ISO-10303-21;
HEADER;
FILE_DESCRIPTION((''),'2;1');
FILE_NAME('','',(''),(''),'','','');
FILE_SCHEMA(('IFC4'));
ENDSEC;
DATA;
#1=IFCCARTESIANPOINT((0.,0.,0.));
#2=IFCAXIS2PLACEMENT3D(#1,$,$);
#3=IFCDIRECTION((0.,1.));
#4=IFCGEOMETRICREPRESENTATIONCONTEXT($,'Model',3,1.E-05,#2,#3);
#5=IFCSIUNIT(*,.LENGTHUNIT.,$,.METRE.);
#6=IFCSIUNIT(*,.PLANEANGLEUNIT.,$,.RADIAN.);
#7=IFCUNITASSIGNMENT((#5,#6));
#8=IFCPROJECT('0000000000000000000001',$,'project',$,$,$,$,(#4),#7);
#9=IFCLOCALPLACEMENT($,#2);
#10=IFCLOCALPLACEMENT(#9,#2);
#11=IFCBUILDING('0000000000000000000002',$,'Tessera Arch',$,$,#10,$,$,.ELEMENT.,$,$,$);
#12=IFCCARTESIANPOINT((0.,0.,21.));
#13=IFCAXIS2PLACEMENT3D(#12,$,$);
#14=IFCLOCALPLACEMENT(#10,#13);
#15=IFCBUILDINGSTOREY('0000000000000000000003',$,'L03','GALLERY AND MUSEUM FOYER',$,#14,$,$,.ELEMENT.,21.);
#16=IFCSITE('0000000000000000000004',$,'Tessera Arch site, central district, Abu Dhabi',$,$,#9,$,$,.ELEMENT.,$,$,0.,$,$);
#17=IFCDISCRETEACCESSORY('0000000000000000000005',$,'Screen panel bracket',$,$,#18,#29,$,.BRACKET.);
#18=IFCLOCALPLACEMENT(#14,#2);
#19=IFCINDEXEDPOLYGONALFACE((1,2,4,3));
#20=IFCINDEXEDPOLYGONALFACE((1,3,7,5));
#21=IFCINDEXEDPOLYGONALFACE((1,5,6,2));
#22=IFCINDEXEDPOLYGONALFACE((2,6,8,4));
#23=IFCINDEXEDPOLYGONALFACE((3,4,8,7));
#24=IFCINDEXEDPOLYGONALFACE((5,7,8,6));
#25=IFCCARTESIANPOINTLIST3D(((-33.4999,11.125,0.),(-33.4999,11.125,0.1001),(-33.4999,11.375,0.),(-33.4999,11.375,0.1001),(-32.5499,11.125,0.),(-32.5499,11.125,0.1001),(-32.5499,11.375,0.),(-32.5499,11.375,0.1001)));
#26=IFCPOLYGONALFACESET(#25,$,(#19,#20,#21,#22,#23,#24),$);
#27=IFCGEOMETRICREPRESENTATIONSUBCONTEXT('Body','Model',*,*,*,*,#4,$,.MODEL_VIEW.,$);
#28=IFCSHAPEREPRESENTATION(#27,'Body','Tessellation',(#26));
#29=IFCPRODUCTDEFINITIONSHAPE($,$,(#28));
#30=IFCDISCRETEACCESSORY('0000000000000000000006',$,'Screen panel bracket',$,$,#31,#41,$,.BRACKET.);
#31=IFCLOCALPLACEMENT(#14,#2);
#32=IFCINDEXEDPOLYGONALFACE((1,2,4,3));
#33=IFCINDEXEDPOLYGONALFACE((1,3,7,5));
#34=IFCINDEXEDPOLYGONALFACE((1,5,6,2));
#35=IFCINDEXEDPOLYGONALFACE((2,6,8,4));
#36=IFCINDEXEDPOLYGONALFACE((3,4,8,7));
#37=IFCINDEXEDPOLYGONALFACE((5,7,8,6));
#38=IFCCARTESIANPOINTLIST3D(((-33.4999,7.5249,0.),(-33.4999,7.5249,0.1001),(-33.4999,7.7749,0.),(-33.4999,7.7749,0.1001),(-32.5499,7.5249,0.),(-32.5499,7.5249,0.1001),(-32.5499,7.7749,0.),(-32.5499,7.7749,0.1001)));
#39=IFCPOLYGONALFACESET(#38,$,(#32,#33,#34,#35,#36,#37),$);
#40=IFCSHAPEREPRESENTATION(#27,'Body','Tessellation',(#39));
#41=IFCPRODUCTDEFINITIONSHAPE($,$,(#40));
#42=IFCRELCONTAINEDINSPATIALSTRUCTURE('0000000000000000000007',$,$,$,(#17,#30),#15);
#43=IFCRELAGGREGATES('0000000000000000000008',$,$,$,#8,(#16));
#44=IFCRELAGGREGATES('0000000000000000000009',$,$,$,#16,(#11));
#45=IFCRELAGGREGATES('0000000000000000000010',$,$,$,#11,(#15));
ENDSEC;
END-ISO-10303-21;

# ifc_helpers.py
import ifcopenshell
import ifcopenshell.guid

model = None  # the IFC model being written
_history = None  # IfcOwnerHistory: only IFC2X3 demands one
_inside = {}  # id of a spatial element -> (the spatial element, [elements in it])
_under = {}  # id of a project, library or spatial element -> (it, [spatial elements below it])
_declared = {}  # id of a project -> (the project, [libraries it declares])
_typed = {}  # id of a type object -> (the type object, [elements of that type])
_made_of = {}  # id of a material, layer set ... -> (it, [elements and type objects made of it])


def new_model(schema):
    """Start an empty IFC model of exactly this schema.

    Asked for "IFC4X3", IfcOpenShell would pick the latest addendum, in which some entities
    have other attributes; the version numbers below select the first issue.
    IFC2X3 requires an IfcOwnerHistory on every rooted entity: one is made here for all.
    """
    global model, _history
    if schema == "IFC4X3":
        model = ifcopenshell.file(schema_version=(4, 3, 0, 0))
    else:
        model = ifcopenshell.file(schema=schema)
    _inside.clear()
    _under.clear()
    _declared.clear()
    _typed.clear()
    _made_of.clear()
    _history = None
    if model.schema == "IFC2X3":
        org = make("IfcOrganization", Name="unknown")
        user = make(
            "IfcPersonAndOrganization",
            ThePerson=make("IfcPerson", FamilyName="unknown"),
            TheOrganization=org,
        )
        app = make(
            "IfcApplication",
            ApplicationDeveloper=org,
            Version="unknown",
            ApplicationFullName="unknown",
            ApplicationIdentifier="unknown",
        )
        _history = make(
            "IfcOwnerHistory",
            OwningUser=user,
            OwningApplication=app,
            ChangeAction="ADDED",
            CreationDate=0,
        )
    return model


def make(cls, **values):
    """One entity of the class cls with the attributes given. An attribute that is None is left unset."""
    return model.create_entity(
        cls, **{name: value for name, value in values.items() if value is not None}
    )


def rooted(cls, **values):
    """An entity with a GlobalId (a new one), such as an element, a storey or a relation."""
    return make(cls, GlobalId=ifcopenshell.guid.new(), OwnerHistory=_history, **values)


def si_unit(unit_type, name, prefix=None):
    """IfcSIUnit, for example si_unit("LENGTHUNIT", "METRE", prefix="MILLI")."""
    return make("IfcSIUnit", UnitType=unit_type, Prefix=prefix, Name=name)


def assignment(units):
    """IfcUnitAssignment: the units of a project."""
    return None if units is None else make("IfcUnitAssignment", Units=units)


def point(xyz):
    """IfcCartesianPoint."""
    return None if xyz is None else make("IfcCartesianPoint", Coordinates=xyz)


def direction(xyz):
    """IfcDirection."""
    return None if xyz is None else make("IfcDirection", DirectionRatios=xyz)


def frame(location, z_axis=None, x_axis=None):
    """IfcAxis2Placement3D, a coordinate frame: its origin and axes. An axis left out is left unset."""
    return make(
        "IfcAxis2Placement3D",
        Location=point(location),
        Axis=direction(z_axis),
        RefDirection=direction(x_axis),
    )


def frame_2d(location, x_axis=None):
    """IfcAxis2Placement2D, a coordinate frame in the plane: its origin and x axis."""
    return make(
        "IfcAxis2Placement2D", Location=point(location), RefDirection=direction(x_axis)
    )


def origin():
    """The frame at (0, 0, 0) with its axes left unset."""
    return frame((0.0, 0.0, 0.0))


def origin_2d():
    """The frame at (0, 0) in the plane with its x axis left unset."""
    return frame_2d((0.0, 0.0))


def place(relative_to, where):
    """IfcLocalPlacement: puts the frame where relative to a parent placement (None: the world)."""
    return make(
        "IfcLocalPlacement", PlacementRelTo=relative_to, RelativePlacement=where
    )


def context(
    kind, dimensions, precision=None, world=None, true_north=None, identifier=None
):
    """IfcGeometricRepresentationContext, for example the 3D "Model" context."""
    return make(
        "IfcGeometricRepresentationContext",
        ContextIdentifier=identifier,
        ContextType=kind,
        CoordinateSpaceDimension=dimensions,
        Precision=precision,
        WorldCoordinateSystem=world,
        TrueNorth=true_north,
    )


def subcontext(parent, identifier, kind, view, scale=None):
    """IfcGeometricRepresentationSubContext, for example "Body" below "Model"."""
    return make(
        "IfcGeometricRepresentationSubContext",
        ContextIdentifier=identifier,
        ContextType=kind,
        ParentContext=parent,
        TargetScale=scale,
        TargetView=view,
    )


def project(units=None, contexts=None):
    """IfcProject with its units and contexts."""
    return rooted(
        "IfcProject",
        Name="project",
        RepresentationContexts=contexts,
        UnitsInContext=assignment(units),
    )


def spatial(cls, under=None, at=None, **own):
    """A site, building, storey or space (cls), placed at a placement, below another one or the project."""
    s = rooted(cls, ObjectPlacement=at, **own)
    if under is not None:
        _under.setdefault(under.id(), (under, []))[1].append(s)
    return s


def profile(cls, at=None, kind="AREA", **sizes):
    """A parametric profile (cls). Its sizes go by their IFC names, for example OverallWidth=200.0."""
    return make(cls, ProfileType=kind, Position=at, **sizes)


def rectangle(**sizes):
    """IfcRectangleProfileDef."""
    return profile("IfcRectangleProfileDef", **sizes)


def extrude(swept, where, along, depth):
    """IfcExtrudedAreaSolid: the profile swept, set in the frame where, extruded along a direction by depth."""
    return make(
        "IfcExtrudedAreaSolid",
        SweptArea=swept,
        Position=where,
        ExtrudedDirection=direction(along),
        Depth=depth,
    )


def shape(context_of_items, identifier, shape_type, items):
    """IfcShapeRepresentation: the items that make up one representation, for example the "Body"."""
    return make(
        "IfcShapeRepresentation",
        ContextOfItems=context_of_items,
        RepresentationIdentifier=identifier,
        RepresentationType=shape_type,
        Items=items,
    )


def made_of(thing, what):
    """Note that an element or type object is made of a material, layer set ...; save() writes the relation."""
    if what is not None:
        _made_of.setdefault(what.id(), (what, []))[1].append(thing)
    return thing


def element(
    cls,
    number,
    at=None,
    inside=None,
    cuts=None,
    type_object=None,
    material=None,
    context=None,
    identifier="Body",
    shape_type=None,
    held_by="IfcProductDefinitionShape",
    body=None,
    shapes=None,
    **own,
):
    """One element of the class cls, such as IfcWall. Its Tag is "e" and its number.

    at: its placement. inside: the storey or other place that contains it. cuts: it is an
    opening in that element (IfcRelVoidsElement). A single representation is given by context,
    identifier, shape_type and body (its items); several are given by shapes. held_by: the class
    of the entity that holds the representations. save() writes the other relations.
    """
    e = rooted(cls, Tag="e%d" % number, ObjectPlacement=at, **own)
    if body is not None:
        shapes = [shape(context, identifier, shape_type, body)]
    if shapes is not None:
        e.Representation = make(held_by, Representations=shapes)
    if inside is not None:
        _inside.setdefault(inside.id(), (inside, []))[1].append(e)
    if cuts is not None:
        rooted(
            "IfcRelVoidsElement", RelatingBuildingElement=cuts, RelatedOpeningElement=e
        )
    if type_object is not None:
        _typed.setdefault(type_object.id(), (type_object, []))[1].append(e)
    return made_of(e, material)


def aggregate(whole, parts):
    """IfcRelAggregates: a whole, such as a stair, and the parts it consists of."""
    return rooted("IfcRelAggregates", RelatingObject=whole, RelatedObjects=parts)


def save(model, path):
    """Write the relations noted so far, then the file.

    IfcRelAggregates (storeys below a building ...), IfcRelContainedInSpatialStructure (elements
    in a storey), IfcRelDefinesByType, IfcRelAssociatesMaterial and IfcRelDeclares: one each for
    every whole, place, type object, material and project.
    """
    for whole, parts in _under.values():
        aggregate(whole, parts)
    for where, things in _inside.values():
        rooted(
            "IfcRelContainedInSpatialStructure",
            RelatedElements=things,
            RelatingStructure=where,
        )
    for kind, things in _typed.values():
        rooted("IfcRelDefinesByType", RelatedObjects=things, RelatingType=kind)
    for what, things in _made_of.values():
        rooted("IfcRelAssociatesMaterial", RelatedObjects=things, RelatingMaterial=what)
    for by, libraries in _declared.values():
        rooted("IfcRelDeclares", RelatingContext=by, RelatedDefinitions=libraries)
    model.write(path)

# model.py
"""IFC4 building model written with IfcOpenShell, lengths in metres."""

from ifc_helpers import new_model, si_unit, direction, frame, origin, origin_2d, place, context, subcontext, project, spatial, rectangle, extrude, element, save


model = new_model("IFC4")

# Units and contexts
model_context = context("Model", 3, precision=1e-05, world=origin(), true_north=direction((0.0, 1.0)))
body_context = subcontext(model_context, "Body", "Model", "MODEL_VIEW")
ifc_project = project(units=[si_unit("LENGTHUNIT", "METRE"), si_unit("PLANEANGLEUNIT", "RADIAN")], contexts=[model_context])

# Site, building, storey
site_placement = place(None, origin())
site = spatial("IfcSite", under=ifc_project, at=site_placement, Name="Tessera Arch site, central district, Abu Dhabi", CompositionType="ELEMENT", RefElevation=0.0)
building_placement = place(site_placement, origin())
building = spatial("IfcBuilding", under=site, at=building_placement, Name="Tessera Arch", CompositionType="ELEMENT")
storey_placement = place(building_placement, frame((0.0, 0.0, 21.0)))
storey = spatial("IfcBuildingStorey", under=building, at=storey_placement, Name="L03", Description="GALLERY AND MUSEUM FOYER", CompositionType="ELEMENT", Elevation=21.0)

# Discrete accessories
for number, where, z_axis, x_axis, name in (
    (1, (-33.0249, 11.25, 0.0), (0.0, 0.0, 1.0), (-1.0, 0.0, 0.0), "Screen panel bracket"),
    (2, (-33.0249, 7.6499, 0.0), (0.0, 0.0, 1.0), (-1.0, 0.0, 0.0), "Screen panel bracket"),
):
    element("IfcDiscreteAccessory", number, at=place(storey_placement, frame(where, z_axis=z_axis, x_axis=x_axis)), inside=storey, Name=name, PredefinedType="BRACKET", context=body_context, shape_type="SweptSolid", body=[
        extrude(rectangle(XDim=0.95, YDim=0.25, at=origin_2d()), origin(), (0.0, 0.0, 1.0), 0.1001),
    ])

save(model, "model.ifc")
